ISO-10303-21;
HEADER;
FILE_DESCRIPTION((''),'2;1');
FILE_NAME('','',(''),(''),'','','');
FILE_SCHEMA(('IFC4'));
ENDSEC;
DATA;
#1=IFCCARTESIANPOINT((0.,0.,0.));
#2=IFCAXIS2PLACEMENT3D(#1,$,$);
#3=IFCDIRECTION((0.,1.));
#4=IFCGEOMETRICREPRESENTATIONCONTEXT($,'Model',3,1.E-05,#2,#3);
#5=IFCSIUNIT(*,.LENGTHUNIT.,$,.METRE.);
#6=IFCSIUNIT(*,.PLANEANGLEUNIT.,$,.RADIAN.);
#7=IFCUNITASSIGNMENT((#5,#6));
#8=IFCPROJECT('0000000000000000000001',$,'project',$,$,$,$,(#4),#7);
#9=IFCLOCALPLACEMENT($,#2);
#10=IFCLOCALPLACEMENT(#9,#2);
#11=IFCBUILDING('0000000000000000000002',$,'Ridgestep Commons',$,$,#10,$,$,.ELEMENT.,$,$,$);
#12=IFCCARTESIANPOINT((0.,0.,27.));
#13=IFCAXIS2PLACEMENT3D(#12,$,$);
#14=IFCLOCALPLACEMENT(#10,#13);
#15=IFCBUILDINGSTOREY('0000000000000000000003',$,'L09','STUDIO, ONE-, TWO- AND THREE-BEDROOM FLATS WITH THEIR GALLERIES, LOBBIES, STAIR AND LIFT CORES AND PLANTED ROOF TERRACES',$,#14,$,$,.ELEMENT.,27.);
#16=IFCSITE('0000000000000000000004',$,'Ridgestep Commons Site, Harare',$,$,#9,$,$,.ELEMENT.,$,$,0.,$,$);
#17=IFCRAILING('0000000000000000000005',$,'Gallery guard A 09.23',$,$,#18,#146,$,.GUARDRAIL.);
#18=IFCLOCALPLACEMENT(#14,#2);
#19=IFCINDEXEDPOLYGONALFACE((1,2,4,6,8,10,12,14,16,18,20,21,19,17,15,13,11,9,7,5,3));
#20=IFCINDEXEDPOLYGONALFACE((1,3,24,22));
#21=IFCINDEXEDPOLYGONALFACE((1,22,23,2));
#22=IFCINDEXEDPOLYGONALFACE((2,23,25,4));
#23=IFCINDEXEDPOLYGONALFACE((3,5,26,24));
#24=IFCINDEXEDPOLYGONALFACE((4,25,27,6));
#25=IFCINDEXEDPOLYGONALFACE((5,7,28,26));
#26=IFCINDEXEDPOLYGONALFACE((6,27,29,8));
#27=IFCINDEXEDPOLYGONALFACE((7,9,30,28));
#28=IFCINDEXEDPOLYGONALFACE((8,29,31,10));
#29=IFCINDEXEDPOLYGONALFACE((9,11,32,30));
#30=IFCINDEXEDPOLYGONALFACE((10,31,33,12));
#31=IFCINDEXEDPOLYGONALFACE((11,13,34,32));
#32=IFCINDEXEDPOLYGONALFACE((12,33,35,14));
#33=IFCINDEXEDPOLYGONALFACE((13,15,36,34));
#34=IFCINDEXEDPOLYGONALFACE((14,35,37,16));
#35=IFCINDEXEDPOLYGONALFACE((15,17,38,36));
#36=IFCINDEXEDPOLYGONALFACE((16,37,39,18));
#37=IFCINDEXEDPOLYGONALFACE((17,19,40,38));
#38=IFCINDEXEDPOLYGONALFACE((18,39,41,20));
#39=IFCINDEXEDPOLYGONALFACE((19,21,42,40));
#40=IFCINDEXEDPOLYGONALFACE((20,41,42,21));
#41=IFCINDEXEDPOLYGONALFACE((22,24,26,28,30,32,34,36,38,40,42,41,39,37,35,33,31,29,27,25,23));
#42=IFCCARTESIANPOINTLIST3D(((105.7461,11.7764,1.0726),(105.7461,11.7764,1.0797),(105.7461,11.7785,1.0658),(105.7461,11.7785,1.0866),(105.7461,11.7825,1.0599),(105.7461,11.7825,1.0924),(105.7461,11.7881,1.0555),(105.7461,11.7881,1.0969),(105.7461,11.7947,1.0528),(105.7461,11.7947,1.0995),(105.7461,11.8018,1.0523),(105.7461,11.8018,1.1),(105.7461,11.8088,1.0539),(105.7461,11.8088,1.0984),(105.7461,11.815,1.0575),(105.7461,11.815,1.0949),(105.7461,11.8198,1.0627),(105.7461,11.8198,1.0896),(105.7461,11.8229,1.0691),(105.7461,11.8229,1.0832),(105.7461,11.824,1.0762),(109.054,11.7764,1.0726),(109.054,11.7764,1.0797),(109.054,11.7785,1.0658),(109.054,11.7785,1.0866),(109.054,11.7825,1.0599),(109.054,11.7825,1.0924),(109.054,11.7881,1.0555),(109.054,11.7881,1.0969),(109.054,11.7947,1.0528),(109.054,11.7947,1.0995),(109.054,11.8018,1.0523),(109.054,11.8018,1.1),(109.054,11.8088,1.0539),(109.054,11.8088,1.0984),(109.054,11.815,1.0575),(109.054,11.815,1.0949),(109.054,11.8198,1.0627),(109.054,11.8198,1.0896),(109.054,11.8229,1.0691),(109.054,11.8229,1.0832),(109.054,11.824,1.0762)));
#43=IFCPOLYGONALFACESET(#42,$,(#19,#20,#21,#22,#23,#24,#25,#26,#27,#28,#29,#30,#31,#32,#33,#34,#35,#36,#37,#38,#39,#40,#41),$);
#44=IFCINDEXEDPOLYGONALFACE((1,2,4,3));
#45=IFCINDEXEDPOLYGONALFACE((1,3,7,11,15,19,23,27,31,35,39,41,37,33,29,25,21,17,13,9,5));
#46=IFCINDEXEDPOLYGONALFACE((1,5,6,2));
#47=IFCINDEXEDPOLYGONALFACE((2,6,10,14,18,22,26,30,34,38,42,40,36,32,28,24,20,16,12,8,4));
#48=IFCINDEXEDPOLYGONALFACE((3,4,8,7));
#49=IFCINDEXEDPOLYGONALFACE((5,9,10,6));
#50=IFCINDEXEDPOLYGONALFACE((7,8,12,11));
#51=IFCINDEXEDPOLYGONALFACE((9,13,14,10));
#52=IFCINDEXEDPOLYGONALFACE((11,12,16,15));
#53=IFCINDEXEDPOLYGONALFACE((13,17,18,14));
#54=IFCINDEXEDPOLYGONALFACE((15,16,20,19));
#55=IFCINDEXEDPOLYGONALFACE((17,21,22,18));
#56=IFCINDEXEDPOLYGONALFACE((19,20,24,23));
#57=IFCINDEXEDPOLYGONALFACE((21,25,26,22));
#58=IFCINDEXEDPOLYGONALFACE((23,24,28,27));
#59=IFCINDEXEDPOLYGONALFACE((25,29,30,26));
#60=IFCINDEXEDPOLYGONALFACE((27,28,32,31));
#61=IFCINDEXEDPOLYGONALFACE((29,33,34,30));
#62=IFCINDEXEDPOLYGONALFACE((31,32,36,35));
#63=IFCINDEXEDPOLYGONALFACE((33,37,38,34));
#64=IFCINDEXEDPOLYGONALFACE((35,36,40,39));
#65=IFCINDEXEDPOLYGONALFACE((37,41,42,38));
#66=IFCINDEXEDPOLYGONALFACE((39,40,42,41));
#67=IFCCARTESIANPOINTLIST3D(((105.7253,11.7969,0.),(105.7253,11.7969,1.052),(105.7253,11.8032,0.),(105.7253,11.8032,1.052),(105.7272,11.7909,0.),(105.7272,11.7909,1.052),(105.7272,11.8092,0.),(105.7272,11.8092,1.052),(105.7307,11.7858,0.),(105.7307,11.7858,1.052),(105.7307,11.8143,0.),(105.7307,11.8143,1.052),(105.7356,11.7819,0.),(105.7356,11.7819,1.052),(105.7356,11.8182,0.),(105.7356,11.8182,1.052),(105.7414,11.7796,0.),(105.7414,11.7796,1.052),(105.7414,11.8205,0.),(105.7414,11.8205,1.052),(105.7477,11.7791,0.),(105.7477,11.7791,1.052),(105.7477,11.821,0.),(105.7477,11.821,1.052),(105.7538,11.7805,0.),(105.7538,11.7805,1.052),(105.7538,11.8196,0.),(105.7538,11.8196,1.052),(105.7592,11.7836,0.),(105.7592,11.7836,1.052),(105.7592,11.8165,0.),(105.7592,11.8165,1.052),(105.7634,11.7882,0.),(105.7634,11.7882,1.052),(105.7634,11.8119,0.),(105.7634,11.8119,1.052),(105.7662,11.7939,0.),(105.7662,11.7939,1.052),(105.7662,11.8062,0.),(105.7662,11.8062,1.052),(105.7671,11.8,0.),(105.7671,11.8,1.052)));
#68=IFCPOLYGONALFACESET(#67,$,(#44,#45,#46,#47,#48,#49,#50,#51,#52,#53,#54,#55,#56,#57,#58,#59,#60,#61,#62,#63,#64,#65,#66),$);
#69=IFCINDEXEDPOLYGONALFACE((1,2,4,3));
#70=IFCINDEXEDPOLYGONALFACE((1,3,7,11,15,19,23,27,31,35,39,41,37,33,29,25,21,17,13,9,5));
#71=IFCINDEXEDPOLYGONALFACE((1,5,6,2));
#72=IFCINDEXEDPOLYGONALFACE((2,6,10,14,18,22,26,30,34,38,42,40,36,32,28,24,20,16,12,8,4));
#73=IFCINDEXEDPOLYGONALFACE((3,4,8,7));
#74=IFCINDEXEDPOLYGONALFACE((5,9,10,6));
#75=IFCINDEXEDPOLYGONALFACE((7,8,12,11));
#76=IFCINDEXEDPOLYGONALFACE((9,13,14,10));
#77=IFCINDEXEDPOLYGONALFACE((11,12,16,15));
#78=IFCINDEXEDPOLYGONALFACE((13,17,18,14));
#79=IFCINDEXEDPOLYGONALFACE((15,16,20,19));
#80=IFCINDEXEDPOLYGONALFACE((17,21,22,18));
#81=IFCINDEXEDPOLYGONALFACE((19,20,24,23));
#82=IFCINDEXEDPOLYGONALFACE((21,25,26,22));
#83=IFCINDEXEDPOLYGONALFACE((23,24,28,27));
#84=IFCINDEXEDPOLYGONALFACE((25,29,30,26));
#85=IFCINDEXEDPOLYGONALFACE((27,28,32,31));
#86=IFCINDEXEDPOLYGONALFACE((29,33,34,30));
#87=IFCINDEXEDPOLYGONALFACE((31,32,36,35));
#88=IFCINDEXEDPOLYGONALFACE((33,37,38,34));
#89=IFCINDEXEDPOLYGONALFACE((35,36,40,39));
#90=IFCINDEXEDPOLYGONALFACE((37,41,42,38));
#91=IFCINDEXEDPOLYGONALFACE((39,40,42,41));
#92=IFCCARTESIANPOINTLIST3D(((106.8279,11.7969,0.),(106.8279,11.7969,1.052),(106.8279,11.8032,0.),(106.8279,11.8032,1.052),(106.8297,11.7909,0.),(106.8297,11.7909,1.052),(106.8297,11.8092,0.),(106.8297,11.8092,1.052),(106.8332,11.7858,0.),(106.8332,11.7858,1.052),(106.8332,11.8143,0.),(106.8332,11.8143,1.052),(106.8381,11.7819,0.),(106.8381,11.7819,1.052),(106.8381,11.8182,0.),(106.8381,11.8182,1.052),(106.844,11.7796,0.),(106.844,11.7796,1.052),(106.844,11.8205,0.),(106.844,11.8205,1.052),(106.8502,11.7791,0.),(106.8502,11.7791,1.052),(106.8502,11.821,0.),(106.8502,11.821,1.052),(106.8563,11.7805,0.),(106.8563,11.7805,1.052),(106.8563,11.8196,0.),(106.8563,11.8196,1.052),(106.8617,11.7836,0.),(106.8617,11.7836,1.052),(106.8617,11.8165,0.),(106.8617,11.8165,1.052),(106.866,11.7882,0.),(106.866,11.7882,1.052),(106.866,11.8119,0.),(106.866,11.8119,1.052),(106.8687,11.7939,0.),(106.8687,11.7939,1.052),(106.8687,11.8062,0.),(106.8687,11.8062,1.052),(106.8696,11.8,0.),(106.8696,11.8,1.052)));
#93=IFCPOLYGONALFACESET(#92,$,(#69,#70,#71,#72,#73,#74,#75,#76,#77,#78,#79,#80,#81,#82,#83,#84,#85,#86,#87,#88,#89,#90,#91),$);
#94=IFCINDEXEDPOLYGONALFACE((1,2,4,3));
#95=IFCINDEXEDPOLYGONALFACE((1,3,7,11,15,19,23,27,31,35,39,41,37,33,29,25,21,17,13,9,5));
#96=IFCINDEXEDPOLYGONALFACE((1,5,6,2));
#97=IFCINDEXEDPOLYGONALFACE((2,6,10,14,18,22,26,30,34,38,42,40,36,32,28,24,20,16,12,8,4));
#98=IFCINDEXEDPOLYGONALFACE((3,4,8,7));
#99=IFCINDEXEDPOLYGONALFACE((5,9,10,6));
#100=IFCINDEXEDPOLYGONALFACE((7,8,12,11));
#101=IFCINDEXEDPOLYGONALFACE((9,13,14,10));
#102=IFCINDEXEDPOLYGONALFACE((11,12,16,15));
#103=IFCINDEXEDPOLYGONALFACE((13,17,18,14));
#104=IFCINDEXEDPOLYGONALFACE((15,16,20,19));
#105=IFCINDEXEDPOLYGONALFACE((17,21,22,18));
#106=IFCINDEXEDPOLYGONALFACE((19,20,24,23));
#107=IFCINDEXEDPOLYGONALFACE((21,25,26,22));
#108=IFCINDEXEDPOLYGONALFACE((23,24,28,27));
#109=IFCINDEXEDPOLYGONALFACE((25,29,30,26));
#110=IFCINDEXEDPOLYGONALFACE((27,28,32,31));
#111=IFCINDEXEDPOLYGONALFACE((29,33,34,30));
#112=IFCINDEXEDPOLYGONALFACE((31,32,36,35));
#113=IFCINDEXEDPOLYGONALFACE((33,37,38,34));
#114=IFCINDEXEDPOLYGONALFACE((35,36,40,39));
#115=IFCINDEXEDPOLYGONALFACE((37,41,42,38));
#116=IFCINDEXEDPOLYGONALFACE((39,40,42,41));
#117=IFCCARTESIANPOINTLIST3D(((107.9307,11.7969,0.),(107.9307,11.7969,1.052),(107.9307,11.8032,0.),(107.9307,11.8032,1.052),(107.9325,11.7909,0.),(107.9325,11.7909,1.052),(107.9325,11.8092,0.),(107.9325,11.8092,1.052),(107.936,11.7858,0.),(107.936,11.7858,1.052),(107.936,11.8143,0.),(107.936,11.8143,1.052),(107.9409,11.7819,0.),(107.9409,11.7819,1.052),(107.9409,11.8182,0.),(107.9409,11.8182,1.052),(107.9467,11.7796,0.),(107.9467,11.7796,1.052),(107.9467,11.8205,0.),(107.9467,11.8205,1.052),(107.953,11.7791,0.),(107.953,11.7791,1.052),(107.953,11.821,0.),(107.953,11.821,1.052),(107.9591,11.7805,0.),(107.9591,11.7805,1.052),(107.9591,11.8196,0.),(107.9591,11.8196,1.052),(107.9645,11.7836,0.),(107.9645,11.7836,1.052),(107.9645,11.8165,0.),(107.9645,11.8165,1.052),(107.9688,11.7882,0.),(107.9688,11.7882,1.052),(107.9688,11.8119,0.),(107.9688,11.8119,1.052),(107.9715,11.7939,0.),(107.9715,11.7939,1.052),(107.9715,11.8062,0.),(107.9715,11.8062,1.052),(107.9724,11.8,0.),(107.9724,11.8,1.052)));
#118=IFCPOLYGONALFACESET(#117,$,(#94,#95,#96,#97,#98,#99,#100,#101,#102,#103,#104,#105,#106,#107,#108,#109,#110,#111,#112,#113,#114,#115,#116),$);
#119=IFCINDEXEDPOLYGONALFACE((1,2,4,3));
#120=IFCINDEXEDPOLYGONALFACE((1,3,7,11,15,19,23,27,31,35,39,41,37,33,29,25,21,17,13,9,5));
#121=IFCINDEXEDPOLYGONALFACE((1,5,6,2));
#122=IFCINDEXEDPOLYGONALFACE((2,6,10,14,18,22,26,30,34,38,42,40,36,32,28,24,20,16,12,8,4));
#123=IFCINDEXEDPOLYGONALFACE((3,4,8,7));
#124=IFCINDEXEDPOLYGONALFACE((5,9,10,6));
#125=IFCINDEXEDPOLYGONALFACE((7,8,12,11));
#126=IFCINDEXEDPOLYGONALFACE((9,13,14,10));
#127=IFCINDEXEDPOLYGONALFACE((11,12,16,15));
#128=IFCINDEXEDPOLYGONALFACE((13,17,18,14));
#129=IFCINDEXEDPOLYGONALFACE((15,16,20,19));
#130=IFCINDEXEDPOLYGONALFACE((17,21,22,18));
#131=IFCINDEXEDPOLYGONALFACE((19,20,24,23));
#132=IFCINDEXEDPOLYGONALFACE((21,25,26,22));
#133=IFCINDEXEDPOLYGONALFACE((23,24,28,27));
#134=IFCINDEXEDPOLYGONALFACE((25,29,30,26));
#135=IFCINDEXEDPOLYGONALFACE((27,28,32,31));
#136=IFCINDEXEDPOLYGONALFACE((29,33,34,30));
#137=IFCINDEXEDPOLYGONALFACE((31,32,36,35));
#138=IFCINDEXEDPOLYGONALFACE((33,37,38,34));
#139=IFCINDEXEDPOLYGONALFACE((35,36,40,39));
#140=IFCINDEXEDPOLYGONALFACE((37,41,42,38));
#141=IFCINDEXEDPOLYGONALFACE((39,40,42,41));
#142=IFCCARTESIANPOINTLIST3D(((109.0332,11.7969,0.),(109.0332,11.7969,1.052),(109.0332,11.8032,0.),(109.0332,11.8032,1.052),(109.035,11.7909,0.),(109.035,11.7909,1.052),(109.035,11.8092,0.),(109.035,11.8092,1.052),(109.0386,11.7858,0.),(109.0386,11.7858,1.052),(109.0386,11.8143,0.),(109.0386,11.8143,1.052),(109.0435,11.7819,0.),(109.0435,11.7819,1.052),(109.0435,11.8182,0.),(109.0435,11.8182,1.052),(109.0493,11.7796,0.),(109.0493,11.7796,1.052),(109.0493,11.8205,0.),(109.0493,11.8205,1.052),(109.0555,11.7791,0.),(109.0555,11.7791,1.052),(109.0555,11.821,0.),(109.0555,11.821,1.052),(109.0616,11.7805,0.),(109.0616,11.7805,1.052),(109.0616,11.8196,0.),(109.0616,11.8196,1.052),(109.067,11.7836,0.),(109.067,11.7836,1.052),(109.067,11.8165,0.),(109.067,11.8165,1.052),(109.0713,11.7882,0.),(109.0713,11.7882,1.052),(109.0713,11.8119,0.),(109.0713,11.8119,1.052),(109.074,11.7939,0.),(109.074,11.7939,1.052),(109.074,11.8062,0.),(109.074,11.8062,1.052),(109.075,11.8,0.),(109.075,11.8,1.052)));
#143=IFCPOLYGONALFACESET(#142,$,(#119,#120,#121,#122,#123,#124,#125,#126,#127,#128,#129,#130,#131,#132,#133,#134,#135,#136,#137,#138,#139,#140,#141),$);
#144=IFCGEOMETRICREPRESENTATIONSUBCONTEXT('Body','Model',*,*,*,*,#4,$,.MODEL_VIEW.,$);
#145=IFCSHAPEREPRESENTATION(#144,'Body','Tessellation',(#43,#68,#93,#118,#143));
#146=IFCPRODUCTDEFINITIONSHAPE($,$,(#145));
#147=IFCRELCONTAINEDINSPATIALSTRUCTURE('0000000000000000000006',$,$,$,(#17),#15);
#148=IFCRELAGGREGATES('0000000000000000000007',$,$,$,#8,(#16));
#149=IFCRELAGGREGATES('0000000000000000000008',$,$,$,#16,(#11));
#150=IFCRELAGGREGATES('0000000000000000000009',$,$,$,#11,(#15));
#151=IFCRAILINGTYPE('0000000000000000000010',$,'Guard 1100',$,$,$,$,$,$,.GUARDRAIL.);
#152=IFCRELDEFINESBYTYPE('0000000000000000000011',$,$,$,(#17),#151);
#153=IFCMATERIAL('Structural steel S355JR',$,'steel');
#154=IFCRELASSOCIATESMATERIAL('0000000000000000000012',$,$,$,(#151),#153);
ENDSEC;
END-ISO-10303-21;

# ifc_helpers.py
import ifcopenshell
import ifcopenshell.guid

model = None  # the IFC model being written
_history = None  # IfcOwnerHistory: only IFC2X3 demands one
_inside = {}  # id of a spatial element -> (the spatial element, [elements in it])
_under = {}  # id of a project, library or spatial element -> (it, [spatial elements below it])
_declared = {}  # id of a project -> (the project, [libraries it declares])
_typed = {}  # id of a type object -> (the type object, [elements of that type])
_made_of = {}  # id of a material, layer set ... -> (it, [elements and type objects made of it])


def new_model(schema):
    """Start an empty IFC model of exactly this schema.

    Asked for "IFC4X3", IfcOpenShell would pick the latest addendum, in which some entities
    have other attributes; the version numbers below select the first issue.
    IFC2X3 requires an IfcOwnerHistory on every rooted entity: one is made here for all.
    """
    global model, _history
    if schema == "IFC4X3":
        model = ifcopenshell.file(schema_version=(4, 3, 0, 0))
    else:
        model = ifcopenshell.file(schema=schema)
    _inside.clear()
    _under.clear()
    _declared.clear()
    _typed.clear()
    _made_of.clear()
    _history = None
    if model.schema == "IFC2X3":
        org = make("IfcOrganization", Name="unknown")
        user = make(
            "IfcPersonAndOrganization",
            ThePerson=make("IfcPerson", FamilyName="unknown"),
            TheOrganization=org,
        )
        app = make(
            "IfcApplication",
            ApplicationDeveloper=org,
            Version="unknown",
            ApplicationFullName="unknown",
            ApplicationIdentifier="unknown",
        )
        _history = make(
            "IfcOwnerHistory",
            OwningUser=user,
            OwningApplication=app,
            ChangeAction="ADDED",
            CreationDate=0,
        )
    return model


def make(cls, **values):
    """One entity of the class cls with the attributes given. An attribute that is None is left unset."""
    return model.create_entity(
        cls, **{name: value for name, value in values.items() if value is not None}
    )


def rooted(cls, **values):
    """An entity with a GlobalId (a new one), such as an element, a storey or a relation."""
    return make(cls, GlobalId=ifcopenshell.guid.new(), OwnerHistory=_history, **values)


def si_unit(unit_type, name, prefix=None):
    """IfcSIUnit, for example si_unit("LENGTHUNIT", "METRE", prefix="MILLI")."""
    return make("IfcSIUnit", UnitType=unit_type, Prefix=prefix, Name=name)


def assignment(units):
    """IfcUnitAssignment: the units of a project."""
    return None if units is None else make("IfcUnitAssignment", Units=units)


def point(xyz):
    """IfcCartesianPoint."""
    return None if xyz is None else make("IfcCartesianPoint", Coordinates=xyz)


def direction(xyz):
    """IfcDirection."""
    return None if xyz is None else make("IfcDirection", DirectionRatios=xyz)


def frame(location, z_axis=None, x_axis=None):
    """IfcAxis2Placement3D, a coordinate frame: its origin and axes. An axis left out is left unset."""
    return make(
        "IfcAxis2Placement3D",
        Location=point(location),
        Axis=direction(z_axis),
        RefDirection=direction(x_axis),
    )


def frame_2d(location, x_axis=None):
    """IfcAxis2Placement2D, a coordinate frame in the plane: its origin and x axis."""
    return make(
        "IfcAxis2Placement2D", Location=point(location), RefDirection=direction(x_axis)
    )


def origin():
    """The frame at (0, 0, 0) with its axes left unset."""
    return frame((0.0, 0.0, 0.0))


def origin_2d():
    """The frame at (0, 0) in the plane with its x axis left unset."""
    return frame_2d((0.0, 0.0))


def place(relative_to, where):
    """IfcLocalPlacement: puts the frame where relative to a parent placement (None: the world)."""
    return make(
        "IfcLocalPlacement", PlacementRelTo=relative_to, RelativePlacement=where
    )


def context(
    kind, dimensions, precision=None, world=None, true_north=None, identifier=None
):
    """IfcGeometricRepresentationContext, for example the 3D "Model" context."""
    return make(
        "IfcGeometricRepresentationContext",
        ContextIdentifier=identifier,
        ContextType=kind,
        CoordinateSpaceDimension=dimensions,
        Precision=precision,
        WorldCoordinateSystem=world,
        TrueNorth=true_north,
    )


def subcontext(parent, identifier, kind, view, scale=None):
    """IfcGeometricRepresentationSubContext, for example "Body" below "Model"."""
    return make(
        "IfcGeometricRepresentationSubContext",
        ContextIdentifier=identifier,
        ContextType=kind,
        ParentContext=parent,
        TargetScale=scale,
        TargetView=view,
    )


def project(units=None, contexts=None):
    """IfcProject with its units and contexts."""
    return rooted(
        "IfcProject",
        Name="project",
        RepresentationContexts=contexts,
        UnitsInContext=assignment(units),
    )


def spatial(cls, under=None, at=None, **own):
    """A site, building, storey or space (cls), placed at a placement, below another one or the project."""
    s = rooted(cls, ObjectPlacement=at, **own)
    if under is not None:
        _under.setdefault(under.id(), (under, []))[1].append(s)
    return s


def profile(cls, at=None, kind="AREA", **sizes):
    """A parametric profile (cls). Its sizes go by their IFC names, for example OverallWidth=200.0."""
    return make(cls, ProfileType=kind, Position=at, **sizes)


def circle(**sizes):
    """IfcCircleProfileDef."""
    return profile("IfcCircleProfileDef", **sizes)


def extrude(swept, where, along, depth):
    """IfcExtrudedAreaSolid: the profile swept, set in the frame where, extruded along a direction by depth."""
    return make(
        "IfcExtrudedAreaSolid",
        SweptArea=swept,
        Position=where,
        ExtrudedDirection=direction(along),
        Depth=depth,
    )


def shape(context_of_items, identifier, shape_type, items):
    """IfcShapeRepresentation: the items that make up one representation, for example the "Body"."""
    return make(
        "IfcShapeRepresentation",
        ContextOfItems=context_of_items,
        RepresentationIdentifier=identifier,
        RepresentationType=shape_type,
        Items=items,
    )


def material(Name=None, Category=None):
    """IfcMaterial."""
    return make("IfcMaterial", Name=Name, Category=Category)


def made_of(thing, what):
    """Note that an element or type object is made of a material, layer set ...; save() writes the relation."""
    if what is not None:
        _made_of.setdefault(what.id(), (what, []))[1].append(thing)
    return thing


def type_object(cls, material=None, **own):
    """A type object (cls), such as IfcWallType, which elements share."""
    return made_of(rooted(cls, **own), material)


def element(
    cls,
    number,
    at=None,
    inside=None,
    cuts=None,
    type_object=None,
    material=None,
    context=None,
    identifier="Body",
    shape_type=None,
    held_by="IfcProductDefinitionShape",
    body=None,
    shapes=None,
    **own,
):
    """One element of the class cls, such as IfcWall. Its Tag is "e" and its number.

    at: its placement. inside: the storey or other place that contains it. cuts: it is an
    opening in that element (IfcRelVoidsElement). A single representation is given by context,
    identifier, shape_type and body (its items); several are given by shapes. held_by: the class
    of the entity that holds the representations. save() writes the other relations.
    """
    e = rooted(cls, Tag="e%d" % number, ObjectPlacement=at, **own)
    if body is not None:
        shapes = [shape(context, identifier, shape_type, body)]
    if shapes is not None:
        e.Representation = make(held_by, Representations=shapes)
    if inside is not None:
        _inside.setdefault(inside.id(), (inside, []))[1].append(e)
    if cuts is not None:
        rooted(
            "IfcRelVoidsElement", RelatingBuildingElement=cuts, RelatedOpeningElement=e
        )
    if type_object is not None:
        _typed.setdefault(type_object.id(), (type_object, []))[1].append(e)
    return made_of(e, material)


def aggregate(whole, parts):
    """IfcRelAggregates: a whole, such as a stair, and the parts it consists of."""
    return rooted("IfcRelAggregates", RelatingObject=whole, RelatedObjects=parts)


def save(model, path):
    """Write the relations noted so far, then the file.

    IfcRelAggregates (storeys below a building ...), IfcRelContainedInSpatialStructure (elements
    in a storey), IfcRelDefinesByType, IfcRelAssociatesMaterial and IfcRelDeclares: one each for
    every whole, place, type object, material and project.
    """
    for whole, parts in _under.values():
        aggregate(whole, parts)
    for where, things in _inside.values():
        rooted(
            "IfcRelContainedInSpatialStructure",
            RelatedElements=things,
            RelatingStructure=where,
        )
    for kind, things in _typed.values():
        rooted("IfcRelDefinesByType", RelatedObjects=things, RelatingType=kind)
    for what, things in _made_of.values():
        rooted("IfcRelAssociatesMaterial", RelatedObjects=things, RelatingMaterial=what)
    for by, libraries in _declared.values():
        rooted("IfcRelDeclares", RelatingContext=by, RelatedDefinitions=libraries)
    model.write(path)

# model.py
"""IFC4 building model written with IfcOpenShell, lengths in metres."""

from ifc_helpers import new_model, si_unit, direction, frame, origin, origin_2d, place, context, subcontext, project, spatial, circle, extrude, material, type_object, element, save


model = new_model("IFC4")

# Units and contexts
model_context = context("Model", 3, precision=1e-05, world=origin(), true_north=direction((0.0, 1.0)))
body_context = subcontext(model_context, "Body", "Model", "MODEL_VIEW")
ifc_project = project(units=[si_unit("LENGTHUNIT", "METRE"), si_unit("PLANEANGLEUNIT", "RADIAN")], contexts=[model_context])

# Site, building, storey
site_placement = place(None, origin())
site = spatial("IfcSite", under=ifc_project, at=site_placement, Name="Ridgestep Commons Site, Harare", CompositionType="ELEMENT", RefElevation=0.0)
building_placement = place(site_placement, origin())
building = spatial("IfcBuilding", under=site, at=building_placement, Name="Ridgestep Commons", CompositionType="ELEMENT")
storey_placement = place(building_placement, frame((0.0, 0.0, 27.0)))
storey = spatial("IfcBuildingStorey", under=building, at=storey_placement, Name="L09", Description="STUDIO, ONE-, TWO- AND THREE-BEDROOM FLATS WITH THEIR GALLERIES, LOBBIES, STAIR AND LIFT CORES AND PLANTED ROOF TERRACES", CompositionType="ELEMENT", Elevation=27.0)

# Railing
ifc_material_1 = material(Name="Structural steel S355JR", Category="steel")
railing_type = type_object("IfcRailingType", Name="Guard 1100", PredefinedType="GUARDRAIL", material=ifc_material_1)
railing_1_placement = place(storey_placement, frame((105.7461, 11.8, 0.0)))
element("IfcRailing", 1, at=railing_1_placement, inside=storey, type_object=railing_type, Name="Gallery guard A 09.23", PredefinedType="GUARDRAIL", context=body_context, shape_type="SweptSolid", body=[
    extrude(circle(Radius=0.0239, at=origin_2d()), frame((0.0, 0.0, 1.0762), z_axis=(1.0, 0.0, 0.0), x_axis=(0.0, 1.0, 0.0)), (0.0, 0.0, 1.0), 3.3079),
    extrude(circle(Radius=0.021, at=origin_2d()), origin(), (0.0, 0.0, 1.0), 1.052),
    extrude(circle(Radius=0.021, at=origin_2d()), frame((1.1025, 0.0, 0.0)), (0.0, 0.0, 1.0), 1.052),
    extrude(circle(Radius=0.021, at=origin_2d()), frame((2.2053, 0.0, 0.0)), (0.0, 0.0, 1.0), 1.052),
    extrude(circle(Radius=0.021, at=origin_2d()), frame((3.3079, 0.0, 0.0)), (0.0, 0.0, 1.0), 1.052),
])

save(model, "model.ifc")
